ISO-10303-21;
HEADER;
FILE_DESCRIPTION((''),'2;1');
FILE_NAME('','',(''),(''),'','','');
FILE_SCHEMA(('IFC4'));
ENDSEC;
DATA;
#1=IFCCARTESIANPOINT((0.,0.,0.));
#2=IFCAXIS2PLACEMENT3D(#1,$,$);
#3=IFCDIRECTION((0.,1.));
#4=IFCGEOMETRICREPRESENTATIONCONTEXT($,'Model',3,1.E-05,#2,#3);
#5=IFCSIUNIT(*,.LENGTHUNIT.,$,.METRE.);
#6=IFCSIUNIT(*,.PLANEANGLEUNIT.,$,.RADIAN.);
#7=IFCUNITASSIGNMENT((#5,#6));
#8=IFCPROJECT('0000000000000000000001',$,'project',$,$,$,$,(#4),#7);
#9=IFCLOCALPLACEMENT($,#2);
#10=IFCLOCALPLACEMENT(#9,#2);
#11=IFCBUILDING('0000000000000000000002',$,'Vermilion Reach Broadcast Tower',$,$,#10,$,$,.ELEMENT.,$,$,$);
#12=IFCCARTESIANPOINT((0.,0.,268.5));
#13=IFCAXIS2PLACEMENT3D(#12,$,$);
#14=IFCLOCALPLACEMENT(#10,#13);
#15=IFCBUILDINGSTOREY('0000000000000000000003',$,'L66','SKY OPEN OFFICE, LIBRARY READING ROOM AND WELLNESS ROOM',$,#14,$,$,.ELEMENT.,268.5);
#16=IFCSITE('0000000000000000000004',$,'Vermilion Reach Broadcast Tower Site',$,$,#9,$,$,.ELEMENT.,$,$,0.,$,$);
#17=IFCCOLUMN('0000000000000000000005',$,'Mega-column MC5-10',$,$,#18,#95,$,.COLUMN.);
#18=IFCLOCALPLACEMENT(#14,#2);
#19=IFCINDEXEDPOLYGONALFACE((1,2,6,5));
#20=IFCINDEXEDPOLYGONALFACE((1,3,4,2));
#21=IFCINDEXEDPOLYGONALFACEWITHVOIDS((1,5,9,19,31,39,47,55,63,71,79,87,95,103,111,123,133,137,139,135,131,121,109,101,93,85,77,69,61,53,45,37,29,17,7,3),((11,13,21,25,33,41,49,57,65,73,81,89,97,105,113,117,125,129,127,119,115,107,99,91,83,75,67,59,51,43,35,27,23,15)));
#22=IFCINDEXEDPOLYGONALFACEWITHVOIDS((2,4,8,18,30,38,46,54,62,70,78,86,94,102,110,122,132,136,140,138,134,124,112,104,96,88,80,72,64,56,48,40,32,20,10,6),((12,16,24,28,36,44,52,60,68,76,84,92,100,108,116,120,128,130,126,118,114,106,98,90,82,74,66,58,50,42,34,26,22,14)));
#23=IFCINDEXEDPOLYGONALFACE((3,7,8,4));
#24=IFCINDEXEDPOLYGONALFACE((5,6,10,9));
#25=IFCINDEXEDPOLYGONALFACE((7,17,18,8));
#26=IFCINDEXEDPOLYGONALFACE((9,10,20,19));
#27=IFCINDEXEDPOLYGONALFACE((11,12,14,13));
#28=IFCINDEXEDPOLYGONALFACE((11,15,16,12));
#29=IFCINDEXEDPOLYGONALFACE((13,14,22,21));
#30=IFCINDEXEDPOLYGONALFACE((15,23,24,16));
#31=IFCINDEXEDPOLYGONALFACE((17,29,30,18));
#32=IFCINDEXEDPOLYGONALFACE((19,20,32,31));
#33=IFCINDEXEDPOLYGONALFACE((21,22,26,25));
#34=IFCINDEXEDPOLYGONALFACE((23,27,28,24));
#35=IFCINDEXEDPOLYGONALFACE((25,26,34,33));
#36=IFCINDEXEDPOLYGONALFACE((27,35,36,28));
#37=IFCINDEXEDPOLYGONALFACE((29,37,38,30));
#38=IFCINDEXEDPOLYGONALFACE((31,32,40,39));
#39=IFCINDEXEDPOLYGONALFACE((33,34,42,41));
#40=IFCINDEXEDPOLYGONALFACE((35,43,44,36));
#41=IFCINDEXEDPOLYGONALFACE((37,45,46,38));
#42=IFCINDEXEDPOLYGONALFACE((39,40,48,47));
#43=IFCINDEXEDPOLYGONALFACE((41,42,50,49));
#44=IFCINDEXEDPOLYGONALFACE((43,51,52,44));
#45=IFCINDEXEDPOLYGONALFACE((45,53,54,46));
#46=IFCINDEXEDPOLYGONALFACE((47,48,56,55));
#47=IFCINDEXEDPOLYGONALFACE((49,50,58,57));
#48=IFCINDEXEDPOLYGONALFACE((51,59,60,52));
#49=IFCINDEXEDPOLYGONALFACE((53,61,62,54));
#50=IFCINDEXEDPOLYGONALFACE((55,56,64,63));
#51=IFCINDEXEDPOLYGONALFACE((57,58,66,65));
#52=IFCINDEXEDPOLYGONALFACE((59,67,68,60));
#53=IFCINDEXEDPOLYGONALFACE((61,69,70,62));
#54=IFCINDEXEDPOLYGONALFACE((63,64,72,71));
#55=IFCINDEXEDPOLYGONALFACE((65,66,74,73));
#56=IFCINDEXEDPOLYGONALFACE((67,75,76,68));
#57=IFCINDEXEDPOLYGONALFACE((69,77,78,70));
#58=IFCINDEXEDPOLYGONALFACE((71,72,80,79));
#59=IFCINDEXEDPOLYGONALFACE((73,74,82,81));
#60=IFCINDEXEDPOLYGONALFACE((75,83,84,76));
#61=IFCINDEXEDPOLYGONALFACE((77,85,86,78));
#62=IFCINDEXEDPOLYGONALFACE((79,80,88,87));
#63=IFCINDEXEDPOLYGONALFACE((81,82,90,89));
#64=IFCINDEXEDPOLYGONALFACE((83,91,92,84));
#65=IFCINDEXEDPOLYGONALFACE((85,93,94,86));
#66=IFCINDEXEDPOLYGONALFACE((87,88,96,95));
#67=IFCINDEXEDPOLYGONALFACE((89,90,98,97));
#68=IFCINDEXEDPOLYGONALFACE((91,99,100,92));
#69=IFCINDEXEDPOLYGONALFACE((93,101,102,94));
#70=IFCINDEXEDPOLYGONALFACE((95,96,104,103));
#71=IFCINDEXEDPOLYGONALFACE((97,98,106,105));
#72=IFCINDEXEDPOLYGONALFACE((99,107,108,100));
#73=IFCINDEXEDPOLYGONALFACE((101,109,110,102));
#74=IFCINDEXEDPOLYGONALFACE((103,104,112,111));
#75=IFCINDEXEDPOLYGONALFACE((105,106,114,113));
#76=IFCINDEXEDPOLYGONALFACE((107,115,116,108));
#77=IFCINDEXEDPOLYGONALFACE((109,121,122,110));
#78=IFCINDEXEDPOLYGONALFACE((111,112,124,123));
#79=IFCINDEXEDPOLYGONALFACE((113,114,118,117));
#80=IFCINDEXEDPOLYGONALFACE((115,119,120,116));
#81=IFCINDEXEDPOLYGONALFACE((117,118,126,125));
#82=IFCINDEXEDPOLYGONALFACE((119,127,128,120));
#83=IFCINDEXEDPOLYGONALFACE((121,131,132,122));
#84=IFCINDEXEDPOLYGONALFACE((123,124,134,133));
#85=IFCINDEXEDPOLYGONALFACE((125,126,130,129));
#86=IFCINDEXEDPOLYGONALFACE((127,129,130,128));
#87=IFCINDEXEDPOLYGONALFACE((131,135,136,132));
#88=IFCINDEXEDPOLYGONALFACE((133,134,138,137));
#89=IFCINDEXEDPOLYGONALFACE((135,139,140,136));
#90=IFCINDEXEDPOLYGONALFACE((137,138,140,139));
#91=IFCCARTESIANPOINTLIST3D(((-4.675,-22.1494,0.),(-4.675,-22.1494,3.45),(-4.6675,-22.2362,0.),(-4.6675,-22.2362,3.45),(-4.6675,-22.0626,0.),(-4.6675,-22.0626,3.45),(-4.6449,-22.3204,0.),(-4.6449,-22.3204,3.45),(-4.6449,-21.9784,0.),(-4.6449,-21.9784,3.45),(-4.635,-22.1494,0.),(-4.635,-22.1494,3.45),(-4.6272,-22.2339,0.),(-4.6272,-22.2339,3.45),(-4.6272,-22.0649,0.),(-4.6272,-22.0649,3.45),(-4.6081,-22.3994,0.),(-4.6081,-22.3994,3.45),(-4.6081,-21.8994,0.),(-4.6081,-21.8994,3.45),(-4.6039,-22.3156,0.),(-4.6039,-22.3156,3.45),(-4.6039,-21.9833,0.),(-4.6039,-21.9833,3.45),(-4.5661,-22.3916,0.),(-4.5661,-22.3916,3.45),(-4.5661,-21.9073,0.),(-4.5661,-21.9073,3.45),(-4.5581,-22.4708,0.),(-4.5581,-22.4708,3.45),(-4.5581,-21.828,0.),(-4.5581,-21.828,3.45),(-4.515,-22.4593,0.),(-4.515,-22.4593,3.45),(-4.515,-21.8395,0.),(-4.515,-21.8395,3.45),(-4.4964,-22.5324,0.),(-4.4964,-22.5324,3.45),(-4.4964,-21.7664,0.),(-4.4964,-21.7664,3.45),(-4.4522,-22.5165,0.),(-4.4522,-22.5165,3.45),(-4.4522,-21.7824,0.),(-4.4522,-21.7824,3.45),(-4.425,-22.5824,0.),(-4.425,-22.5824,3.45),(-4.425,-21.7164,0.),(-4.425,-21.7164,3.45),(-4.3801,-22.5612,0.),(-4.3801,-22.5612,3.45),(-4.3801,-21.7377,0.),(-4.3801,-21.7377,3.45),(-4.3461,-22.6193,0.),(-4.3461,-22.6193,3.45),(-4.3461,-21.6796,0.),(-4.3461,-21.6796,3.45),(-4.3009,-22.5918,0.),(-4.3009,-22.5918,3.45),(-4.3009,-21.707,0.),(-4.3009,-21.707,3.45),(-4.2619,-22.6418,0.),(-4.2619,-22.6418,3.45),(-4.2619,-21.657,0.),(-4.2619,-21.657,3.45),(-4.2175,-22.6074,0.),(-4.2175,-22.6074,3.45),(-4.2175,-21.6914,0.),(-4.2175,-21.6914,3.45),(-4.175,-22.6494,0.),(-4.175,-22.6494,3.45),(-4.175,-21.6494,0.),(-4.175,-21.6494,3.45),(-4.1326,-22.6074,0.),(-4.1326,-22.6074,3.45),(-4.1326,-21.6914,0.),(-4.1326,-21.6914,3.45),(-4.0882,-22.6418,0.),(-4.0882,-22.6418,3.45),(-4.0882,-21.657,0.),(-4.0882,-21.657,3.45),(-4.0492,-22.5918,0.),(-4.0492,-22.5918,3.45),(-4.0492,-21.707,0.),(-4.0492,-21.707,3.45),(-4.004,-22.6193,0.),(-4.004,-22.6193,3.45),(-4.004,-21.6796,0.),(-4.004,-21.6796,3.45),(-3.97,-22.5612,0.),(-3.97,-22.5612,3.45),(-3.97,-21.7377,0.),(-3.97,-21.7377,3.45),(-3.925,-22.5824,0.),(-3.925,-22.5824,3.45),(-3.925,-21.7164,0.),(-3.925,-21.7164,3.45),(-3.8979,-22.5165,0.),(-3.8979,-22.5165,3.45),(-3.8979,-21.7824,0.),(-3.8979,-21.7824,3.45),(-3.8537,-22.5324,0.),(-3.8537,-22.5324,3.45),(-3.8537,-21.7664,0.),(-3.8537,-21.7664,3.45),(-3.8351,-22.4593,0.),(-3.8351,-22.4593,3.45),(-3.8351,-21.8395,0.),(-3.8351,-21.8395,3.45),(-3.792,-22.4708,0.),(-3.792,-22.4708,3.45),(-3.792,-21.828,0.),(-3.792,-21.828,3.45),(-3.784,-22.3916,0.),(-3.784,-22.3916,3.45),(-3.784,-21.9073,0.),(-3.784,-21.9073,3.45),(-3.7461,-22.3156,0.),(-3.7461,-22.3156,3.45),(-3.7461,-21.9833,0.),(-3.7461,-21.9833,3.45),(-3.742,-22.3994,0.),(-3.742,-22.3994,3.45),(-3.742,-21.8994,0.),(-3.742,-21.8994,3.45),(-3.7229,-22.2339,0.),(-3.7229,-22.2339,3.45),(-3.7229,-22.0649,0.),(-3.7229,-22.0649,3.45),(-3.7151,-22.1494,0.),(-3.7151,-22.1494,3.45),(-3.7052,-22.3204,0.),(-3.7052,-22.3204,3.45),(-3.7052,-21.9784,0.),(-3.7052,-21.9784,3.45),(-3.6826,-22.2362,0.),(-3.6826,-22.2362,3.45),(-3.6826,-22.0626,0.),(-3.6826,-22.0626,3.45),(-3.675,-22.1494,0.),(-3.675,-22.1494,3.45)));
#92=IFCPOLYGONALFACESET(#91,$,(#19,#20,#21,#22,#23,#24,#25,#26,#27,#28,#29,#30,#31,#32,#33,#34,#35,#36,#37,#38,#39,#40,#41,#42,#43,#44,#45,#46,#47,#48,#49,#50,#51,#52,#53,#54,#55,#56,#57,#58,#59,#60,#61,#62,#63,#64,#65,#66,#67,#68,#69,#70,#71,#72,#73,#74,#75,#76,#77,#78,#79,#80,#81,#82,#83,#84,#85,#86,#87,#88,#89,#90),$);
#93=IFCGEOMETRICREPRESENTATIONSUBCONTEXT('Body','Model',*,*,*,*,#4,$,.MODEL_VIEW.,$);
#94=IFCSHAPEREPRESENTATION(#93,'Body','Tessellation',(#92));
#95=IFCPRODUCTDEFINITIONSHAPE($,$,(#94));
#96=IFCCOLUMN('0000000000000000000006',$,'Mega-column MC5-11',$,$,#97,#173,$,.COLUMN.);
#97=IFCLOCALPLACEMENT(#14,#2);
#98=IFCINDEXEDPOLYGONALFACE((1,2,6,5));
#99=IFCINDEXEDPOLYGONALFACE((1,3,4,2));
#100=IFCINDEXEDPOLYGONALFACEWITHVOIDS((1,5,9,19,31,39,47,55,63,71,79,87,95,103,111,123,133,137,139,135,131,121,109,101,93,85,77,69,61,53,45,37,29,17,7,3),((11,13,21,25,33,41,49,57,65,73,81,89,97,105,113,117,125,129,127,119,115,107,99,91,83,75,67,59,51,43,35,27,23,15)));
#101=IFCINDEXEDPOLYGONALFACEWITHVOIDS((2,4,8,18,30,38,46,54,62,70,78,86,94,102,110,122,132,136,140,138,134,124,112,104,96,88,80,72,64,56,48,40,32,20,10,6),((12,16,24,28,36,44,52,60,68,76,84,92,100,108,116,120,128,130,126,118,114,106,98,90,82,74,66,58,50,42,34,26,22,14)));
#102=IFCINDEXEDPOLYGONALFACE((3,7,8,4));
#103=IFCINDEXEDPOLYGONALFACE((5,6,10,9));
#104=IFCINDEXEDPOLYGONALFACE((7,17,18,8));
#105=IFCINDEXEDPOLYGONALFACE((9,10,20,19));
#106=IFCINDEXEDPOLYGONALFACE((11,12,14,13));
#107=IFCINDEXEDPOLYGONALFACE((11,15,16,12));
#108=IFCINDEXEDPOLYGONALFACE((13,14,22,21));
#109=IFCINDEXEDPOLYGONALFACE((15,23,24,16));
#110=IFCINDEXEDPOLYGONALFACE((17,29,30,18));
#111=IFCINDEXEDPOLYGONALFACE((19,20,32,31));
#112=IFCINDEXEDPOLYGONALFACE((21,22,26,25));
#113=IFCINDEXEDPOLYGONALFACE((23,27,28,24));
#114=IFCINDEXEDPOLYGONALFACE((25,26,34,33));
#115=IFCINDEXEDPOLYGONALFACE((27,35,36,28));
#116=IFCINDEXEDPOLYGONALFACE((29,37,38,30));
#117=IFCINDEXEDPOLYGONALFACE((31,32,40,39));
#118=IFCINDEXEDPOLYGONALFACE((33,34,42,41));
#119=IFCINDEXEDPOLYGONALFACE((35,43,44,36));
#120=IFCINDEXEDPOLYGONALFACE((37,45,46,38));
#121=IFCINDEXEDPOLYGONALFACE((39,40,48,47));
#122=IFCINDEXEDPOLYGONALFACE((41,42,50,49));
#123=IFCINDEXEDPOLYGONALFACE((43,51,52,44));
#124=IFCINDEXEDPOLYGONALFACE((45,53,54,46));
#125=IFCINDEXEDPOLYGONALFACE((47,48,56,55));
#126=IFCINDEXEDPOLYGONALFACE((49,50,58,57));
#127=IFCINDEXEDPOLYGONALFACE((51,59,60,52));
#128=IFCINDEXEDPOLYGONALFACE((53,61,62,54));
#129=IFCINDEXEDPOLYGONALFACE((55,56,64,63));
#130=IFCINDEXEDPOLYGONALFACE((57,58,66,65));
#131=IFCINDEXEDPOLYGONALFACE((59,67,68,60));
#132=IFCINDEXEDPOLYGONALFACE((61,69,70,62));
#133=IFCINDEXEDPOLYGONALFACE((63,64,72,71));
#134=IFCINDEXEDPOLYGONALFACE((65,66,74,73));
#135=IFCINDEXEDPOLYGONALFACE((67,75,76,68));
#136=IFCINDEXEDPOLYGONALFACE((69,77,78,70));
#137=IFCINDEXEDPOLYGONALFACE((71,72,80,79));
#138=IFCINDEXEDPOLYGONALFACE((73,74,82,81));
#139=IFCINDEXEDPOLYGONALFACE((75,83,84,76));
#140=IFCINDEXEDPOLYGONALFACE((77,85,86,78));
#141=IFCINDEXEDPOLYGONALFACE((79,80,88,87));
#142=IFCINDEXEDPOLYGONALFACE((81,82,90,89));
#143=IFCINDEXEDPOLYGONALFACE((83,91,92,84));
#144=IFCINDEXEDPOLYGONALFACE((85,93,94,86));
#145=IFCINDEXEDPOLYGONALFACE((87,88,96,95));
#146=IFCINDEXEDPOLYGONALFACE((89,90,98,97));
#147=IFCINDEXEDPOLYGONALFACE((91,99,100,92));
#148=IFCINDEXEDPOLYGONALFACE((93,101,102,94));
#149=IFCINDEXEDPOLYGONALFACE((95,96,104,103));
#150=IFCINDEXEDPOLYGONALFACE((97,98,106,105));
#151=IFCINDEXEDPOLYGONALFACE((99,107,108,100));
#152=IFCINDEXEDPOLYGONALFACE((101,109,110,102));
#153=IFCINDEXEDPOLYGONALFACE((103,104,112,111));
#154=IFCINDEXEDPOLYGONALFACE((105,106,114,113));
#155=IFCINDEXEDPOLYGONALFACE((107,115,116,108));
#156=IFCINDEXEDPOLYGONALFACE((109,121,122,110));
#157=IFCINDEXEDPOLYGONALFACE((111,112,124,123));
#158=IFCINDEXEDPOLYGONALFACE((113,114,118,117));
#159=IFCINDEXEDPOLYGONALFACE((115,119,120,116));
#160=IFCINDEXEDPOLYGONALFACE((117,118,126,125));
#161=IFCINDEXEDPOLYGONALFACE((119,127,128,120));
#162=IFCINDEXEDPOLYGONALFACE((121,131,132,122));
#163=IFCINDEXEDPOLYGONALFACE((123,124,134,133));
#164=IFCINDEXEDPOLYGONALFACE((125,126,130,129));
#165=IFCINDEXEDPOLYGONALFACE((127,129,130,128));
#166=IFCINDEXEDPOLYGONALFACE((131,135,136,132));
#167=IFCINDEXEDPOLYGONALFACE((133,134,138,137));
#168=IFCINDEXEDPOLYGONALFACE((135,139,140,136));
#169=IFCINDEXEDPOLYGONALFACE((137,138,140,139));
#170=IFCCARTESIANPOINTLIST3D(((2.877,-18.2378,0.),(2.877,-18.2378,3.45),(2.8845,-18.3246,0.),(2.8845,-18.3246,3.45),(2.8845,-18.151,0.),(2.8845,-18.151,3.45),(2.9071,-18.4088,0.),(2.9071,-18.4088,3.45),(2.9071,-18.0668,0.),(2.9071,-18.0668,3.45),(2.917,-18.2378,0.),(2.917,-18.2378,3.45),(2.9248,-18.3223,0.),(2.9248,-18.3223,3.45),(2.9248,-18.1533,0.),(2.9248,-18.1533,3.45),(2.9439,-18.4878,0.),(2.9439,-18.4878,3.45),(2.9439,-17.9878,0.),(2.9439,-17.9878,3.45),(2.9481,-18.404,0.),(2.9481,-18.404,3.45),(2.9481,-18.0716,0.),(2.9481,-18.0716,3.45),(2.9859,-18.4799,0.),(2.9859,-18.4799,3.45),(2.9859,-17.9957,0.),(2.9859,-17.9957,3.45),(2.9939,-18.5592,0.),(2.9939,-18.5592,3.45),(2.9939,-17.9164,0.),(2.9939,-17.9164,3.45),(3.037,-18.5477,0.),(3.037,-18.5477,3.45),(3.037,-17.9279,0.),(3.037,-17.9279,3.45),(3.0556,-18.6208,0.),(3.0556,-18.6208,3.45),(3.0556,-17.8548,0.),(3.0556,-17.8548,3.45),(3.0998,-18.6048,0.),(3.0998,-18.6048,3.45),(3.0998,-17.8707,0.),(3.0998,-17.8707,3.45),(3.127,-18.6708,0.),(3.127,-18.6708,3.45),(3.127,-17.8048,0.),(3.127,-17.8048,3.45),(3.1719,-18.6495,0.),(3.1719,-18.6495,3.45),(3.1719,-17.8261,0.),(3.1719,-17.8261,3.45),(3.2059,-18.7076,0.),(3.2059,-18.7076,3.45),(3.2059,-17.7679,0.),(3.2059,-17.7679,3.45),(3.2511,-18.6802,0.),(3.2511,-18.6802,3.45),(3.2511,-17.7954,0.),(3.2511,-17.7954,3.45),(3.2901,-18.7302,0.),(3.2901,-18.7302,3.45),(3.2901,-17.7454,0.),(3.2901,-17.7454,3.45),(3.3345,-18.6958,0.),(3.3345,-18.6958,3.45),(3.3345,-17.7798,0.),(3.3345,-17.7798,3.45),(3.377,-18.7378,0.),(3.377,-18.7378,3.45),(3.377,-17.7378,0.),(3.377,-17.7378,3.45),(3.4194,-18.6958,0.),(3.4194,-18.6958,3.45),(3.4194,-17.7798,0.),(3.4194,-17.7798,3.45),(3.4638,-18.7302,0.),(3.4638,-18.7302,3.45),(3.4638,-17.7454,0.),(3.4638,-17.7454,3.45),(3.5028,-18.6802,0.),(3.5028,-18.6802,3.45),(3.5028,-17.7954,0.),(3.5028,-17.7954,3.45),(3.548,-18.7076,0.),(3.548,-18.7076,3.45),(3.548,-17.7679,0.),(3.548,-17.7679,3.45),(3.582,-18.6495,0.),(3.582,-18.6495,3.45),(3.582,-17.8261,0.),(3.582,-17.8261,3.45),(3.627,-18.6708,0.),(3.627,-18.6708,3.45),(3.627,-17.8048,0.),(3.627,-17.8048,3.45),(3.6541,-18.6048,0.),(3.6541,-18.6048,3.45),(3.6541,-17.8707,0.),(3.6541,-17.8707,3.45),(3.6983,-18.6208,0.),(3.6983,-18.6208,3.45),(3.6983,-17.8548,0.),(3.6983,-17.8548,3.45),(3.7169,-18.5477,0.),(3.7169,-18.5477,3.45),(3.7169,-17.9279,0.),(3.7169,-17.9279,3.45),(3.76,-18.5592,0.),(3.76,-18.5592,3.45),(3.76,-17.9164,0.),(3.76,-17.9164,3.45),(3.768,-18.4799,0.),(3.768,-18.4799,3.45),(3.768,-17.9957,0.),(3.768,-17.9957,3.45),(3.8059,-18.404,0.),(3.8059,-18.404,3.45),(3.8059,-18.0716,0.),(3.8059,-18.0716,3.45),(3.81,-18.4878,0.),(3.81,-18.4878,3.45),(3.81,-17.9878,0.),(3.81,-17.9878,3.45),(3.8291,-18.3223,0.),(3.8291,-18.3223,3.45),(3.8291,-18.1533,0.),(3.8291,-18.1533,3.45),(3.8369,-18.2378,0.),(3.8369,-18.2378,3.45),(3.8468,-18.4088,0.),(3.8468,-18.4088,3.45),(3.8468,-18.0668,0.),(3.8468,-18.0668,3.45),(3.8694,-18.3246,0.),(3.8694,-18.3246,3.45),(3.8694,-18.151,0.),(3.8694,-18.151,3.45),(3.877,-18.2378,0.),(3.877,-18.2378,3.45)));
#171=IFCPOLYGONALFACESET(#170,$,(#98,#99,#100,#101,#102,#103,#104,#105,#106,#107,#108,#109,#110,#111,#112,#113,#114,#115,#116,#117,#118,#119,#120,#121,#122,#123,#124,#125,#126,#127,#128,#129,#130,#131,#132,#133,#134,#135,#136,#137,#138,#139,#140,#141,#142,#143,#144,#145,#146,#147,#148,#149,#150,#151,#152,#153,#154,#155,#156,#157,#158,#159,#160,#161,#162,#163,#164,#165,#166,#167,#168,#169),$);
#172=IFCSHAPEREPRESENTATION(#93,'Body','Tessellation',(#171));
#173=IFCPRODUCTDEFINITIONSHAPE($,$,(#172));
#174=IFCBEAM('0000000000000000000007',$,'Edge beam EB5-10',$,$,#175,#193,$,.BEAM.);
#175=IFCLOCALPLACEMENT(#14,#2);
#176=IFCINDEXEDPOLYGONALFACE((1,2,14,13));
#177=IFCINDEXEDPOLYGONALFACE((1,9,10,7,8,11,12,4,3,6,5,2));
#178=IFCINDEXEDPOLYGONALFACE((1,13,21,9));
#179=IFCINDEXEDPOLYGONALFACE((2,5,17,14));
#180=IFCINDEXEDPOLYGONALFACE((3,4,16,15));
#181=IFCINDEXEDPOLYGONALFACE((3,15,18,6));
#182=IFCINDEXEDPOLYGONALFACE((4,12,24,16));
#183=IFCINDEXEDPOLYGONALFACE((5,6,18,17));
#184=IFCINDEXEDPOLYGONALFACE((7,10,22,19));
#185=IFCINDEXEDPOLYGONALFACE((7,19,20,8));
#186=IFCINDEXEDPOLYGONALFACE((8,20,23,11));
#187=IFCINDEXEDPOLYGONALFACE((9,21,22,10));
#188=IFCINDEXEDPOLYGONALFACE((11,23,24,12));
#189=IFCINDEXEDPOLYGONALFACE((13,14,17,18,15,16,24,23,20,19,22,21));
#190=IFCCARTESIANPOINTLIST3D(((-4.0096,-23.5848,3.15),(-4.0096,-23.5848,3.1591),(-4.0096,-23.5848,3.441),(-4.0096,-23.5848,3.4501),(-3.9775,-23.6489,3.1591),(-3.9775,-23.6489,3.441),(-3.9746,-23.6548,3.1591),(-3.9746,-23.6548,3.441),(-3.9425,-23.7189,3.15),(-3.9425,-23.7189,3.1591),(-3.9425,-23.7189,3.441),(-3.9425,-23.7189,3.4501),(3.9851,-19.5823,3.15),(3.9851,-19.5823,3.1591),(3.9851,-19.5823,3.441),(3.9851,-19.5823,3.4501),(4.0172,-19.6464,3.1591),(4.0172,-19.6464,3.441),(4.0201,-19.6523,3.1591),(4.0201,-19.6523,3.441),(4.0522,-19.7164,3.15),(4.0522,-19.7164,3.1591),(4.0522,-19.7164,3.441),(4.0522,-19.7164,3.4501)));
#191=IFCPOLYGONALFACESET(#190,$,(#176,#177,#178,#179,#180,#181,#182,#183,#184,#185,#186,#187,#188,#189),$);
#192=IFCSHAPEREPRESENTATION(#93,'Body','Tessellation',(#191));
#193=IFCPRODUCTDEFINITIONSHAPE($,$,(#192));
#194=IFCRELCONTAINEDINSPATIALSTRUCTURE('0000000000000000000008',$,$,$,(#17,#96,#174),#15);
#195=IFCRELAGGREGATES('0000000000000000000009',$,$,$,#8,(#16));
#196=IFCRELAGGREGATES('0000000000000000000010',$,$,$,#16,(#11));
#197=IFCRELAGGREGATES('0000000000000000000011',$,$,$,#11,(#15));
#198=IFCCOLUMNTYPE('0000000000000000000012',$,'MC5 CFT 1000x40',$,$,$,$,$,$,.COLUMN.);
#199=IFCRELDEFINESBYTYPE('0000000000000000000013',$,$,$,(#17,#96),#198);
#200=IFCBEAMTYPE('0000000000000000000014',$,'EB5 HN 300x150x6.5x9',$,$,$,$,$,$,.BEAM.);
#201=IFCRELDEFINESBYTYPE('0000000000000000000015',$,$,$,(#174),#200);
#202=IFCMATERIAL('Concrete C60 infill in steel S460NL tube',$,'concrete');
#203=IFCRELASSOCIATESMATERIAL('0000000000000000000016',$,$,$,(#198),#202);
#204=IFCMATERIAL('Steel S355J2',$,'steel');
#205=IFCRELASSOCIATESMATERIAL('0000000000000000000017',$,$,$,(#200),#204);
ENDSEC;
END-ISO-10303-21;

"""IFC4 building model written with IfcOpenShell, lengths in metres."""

from ifc_helpers import new_model, si_unit, direction, frame, origin, origin_2d, place, context, subcontext, project, spatial, hollow_circle, i_section, extrude, material, material_profile, profile_set, type_object, element, save


model = new_model("IFC4")

# Units and contexts
model_context = context("Model", 3, precision=1e-05, world=origin(), true_north=direction((0.0, 1.0)))
body_context = subcontext(model_context, "Body", "Model", "MODEL_VIEW")
ifc_project = project(units=[si_unit("LENGTHUNIT", "METRE"), si_unit("PLANEANGLEUNIT", "RADIAN")], contexts=[model_context])

# Site, building, storey
site_placement = place(None, origin())
site = spatial("IfcSite", under=ifc_project, at=site_placement, Name="Vermilion Reach Broadcast Tower Site", CompositionType="ELEMENT", RefElevation=0.0)
building_placement = place(site_placement, origin())
building = spatial("IfcBuilding", under=site, at=building_placement, Name="Vermilion Reach Broadcast Tower", CompositionType="ELEMENT")
storey_placement = place(building_placement, frame((0.0, 0.0, 268.5)))
storey = spatial("IfcBuildingStorey", under=building, at=storey_placement, Name="L66", Description="SKY OPEN OFFICE, LIBRARY READING ROOM AND WELLNESS ROOM", CompositionType="ELEMENT", Elevation=268.5)

# Columns
ifc_material_1 = material(Name="Concrete C60 infill in steel S460NL tube", Category="concrete")
ifc_material_profile_1 = material_profile(ifc_material_1, hollow_circle(Radius=0.5, WallThickness=0.04, at=origin_2d()), Name="Concrete C60 infill in steel S460NL tube CFT 1000x40")
ifc_profile_set_1 = profile_set([ifc_material_profile_1], Name="Concrete C60 infill in steel S460NL tube")
column_type = type_object("IfcColumnType", Name="MC5 CFT 1000x40", PredefinedType="COLUMN", material=ifc_profile_set_1)
for number, where, z_axis, x_axis, name in (
    (1, (-4.175, -22.1494, 0.0), (0.0, 0.0, 1.0), (1.0, 0.0, 0.0), "Mega-column MC5-10"),
    (2, (3.377, -18.2378, 0.0), (0.0, 0.0, 1.0), (1.0, 0.0, 0.0), "Mega-column MC5-11"),
):
    element("IfcColumn", number, at=place(storey_placement, frame(where, z_axis=z_axis, x_axis=x_axis)), inside=storey, type_object=column_type, Name=name, PredefinedType="COLUMN", context=body_context, shape_type="SweptSolid", body=[
        extrude(hollow_circle(Radius=0.5, WallThickness=0.04, at=origin_2d()), origin(), (0.0, 0.0, 1.0), 3.45),
    ])

# Beam
ifc_material_2 = material(Name="Steel S355J2", Category="steel")
ifc_material_profile_2 = material_profile(ifc_material_2, i_section(OverallWidth=0.1499, OverallDepth=0.3, WebThickness=0.0066, FlangeThickness=0.009, at=origin_2d()), Name="S355J2 HN 300x150x6.5x9")
ifc_profile_set_2 = profile_set([ifc_material_profile_2], Name="Steel S355J2")
beam_type_1 = type_object("IfcBeamType", Name="EB5 HN 300x150x6.5x9", PredefinedType="BEAM", material=ifc_profile_set_2)
beam_1_placement = place(storey_placement, frame((-3.9761, -23.6519, 3.3), z_axis=(0.894198, 0.447672, 0.0), x_axis=(-0.447672, 0.894198, 0.0)))
element("IfcBeam", 3, at=beam_1_placement, inside=storey, type_object=beam_type_1, Name="Edge beam EB5-10", PredefinedType="BEAM", context=body_context, shape_type="SweptSolid", body=[
    extrude(i_section(OverallWidth=0.1499, OverallDepth=0.3, WebThickness=0.0066, FlangeThickness=0.009, at=origin_2d()), origin(), (0.0, 0.0, 1.0), 8.9407),
])

save(model, "model.ifc")
